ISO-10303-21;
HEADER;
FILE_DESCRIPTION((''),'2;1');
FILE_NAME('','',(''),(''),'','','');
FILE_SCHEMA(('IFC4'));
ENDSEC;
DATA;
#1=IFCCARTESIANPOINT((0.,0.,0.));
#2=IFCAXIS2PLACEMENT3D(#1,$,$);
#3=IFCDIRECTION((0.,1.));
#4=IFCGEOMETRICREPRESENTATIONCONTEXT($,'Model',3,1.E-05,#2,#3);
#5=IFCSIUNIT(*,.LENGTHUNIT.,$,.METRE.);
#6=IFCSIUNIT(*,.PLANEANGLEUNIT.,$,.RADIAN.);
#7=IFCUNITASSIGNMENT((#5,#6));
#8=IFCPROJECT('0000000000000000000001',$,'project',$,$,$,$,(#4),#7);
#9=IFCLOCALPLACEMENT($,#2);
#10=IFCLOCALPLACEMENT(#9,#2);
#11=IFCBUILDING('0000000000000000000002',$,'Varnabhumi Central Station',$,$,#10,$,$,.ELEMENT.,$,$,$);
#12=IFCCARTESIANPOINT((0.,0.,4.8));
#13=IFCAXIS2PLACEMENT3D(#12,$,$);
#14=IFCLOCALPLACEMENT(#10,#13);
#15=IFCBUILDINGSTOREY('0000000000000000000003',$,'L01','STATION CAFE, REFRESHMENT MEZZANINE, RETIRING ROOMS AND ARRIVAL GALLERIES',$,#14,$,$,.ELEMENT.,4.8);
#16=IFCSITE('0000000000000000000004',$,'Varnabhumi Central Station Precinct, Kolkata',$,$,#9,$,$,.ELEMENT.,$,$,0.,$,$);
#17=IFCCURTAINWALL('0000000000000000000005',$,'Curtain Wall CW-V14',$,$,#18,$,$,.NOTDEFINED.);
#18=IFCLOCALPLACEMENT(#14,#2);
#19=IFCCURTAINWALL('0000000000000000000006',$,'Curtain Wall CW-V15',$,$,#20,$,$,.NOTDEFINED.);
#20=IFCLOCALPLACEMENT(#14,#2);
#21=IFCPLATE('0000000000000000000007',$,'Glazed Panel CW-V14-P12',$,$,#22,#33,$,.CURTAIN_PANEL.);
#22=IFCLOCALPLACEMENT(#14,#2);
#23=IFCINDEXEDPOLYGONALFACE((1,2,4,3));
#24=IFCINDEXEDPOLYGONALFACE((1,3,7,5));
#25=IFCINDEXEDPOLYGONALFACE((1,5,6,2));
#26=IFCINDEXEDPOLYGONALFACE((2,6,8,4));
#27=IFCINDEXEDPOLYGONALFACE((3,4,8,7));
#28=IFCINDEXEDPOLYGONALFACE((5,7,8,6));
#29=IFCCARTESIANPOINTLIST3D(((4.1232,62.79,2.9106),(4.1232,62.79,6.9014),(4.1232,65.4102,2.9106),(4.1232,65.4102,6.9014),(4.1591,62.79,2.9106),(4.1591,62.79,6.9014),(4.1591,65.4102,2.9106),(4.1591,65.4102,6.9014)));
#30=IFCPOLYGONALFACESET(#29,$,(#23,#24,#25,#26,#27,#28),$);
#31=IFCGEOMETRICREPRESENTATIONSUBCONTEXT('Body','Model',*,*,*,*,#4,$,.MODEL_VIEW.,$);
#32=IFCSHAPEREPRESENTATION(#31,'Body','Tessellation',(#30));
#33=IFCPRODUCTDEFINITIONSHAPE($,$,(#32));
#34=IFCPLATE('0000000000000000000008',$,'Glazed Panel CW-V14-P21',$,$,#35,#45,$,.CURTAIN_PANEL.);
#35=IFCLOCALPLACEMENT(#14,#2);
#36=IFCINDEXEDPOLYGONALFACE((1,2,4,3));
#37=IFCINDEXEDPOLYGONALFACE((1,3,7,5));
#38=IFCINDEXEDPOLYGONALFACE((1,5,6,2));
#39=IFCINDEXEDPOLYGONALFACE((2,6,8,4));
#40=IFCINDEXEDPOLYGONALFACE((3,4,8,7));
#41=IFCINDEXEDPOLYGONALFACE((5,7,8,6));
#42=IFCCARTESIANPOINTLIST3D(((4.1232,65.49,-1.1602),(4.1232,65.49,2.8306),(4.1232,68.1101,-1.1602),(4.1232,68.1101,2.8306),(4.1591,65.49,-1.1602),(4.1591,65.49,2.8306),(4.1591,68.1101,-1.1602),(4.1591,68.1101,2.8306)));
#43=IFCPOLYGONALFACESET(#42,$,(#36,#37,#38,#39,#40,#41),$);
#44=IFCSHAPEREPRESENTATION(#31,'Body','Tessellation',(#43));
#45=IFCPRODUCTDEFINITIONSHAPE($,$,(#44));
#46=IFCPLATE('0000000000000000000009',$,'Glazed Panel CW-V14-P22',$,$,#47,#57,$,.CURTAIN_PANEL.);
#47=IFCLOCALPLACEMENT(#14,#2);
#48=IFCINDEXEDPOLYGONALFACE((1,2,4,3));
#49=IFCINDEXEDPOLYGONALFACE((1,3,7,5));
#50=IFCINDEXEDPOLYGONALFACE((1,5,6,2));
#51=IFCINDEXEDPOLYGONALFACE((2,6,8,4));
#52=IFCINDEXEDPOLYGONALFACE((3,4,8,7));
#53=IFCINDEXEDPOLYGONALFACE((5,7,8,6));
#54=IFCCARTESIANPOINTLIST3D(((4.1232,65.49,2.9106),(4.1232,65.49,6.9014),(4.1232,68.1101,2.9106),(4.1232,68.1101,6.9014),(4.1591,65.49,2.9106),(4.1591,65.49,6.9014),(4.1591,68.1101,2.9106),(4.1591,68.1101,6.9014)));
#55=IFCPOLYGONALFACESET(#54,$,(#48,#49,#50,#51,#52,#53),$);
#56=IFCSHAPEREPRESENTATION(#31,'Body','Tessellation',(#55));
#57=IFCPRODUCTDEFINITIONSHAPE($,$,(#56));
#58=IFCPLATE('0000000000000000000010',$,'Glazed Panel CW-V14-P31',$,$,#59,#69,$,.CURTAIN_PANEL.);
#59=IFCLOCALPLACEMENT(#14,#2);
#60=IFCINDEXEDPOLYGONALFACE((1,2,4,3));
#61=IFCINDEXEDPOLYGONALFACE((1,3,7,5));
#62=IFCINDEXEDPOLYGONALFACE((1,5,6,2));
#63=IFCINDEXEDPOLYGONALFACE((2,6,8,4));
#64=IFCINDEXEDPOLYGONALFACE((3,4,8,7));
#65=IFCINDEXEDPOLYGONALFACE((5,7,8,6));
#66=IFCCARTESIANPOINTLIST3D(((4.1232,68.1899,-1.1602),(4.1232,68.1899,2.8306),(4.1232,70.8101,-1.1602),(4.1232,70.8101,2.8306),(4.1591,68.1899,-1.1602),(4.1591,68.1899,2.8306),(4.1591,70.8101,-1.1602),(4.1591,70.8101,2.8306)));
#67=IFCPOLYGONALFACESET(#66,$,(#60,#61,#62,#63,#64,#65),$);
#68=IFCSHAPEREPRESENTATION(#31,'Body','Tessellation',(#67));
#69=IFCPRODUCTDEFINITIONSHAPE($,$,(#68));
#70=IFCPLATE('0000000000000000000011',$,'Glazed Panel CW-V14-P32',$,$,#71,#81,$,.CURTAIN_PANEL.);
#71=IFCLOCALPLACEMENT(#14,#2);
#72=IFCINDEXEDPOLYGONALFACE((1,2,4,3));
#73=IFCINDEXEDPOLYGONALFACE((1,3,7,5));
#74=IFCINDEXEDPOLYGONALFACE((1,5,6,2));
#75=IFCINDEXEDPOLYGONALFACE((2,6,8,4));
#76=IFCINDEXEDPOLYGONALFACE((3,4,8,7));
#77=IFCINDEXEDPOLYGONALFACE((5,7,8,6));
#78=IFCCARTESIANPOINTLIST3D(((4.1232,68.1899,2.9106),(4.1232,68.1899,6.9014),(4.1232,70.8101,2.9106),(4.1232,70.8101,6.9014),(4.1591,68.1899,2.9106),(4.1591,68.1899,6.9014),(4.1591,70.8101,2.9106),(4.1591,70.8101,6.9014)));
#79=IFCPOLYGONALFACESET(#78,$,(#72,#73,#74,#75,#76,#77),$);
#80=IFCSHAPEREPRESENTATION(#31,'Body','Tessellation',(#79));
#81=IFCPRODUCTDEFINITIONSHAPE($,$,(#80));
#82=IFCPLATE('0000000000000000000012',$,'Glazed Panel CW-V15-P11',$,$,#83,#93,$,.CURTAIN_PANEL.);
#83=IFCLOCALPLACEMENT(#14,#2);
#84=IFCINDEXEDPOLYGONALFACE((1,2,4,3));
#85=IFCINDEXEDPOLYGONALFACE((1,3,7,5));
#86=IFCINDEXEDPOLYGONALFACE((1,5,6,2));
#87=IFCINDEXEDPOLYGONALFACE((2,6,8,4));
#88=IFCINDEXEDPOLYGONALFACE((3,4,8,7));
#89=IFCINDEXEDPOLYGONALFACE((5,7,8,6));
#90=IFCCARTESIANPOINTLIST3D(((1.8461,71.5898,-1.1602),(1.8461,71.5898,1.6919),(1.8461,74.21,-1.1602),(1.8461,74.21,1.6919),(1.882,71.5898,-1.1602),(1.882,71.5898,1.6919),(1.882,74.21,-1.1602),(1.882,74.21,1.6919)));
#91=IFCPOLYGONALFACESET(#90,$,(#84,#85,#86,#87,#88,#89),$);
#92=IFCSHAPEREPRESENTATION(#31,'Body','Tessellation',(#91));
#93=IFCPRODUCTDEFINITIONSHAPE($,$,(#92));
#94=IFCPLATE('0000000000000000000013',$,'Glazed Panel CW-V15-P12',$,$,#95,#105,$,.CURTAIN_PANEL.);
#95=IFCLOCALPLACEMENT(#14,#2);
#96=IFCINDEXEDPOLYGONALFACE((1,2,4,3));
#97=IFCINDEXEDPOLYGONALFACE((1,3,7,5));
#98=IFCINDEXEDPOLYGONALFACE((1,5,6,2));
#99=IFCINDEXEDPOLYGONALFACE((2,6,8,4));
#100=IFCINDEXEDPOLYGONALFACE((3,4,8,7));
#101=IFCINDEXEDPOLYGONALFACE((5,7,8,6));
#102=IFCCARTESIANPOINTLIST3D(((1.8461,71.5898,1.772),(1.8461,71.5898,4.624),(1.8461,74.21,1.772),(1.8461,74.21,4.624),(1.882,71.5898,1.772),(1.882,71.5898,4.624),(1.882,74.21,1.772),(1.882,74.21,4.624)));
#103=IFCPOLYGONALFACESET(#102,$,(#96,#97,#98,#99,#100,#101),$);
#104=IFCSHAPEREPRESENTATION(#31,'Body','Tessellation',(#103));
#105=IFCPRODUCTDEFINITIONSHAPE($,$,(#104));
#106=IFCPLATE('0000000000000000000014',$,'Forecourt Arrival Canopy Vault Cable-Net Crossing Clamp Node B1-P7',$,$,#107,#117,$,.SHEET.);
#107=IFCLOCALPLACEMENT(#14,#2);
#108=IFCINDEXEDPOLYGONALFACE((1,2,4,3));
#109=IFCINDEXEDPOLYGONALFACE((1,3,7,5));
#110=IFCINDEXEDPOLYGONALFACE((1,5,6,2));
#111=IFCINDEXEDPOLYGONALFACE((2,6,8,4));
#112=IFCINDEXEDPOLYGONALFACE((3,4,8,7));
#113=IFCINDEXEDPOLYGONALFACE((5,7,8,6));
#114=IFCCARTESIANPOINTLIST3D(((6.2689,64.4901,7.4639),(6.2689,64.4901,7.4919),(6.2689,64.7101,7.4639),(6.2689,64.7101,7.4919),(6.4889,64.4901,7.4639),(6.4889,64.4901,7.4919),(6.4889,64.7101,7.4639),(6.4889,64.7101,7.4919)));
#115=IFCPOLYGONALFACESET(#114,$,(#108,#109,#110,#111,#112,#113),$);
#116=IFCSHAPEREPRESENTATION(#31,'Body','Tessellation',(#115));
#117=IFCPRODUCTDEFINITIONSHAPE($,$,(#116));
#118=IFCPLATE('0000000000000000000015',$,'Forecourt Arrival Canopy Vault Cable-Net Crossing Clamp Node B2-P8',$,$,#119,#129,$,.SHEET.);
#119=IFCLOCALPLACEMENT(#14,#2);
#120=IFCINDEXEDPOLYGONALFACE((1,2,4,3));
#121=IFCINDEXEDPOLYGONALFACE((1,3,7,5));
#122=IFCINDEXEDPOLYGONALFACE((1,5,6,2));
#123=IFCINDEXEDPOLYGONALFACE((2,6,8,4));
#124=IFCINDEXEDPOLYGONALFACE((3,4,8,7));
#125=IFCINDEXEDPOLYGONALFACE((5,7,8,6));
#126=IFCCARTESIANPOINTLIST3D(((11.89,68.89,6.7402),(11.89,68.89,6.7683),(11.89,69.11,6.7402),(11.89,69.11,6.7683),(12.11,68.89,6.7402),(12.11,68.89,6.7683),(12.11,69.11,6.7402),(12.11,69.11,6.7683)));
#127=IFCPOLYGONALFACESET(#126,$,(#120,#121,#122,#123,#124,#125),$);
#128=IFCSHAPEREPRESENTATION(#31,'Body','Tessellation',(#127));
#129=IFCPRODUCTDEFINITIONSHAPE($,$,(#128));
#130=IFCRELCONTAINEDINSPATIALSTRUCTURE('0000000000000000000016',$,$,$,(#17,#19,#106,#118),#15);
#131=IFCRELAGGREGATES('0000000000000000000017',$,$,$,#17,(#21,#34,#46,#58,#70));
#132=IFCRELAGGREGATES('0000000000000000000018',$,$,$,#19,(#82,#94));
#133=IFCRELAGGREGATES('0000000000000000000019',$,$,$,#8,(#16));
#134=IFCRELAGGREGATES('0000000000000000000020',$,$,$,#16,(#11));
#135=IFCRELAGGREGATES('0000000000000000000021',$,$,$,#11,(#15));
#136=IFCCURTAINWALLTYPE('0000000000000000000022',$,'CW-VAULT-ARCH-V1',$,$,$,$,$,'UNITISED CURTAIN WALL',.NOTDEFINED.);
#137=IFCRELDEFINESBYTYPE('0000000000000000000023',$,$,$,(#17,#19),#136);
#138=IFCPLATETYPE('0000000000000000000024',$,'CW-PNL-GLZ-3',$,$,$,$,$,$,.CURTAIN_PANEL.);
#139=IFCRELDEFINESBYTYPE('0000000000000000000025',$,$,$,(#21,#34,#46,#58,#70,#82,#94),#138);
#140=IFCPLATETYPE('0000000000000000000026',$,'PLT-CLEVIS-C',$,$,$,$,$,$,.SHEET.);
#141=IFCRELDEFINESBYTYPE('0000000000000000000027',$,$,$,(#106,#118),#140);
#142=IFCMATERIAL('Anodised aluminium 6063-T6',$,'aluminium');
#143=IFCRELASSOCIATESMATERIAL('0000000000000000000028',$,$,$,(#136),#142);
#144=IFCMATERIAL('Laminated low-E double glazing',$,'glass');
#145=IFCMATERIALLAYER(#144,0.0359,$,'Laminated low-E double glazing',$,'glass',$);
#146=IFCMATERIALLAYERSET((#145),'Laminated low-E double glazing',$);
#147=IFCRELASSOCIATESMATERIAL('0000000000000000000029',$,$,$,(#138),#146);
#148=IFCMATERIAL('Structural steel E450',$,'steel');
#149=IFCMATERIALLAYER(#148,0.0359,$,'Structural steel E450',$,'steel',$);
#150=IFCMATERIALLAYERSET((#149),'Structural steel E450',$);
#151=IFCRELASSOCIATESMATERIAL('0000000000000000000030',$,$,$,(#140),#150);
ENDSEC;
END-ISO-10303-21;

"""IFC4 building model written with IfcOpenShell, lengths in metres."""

from ifc_helpers import new_model, si_unit, direction, frame, origin, origin_2d, place, context, subcontext, project, spatial, rectangle, extrude, material, layer, layer_set, type_object, element, aggregate, save


model = new_model("IFC4")

# Units and contexts
model_context = context("Model", 3, precision=1e-05, world=origin(), true_north=direction((0.0, 1.0)))
body_context = subcontext(model_context, "Body", "Model", "MODEL_VIEW")
ifc_project = project(units=[si_unit("LENGTHUNIT", "METRE"), si_unit("PLANEANGLEUNIT", "RADIAN")], contexts=[model_context])

# Site, building, storey
site_placement = place(None, origin())
site = spatial("IfcSite", under=ifc_project, at=site_placement, Name="Varnabhumi Central Station Precinct, Kolkata", CompositionType="ELEMENT", RefElevation=0.0)
building_placement = place(site_placement, origin())
building = spatial("IfcBuilding", under=site, at=building_placement, Name="Varnabhumi Central Station", CompositionType="ELEMENT")
storey_placement = place(building_placement, frame((0.0, 0.0, 4.8)))
storey = spatial("IfcBuildingStorey", under=building, at=storey_placement, Name="L01", Description="STATION CAFE, REFRESHMENT MEZZANINE, RETIRING ROOMS AND ARRIVAL GALLERIES", CompositionType="ELEMENT", Elevation=4.8)

# Curtain wall
ifc_material_1 = material(Name="Anodised aluminium 6063-T6", Category="aluminium")
curtain_wall_type = type_object("IfcCurtainWallType", Name="CW-VAULT-ARCH-V1", ElementType="UNITISED CURTAIN WALL", PredefinedType="NOTDEFINED", material=ifc_material_1)
curtain_wall_1_placement = place(storey_placement, origin())
curtain_wall_1 = element("IfcCurtainWall", 1, at=curtain_wall_1_placement, inside=storey, type_object=curtain_wall_type, Name="Curtain Wall CW-V14", PredefinedType="NOTDEFINED")

# Curtain wall
curtain_wall_2_placement = place(storey_placement, origin())
curtain_wall_2 = element("IfcCurtainWall", 2, at=curtain_wall_2_placement, inside=storey, type_object=curtain_wall_type, Name="Curtain Wall CW-V15", PredefinedType="NOTDEFINED")

# Plates
ifc_material_2 = material(Name="Laminated low-E double glazing", Category="glass")
ifc_layer_1 = layer(ifc_material_2, 0.0359, Name="Laminated low-E double glazing", Category="glass")
ifc_layer_set_1 = layer_set([ifc_layer_1], Name="Laminated low-E double glazing")
plate_type_1 = type_object("IfcPlateType", Name="CW-PNL-GLZ-3", PredefinedType="CURTAIN_PANEL", material=ifc_layer_set_1)
plate_1_placement = place(storey_placement, frame((4.1411, 64.1001, 2.9106), z_axis=(0.0, 0.0, 1.0), x_axis=(0.0, 1.0, 0.0)))
plate_1 = element("IfcPlate", 3, at=plate_1_placement, type_object=plate_type_1, Name="Glazed Panel CW-V14-P12", PredefinedType="CURTAIN_PANEL", context=body_context, shape_type="SweptSolid", body=[
    extrude(rectangle(XDim=2.6201, YDim=0.0359, at=origin_2d()), origin(), (0.0, 0.0, 1.0), 3.9907),
])
plate_2_placement = place(storey_placement, frame((4.1411, 66.8, -1.1602), z_axis=(0.0, 0.0, 1.0), x_axis=(0.0, 1.0, 0.0)))
plate_2 = element("IfcPlate", 4, at=plate_2_placement, type_object=plate_type_1, Name="Glazed Panel CW-V14-P21", PredefinedType="CURTAIN_PANEL", context=body_context, shape_type="SweptSolid", body=[
    extrude(rectangle(XDim=2.6201, YDim=0.0359, at=origin_2d()), origin(), (0.0, 0.0, 1.0), 3.9907),
])
plate_3_placement = place(storey_placement, frame((4.1411, 66.8, 2.9106), z_axis=(0.0, 0.0, 1.0), x_axis=(0.0, 1.0, 0.0)))
plate_3 = element("IfcPlate", 5, at=plate_3_placement, type_object=plate_type_1, Name="Glazed Panel CW-V14-P22", PredefinedType="CURTAIN_PANEL", context=body_context, shape_type="SweptSolid", body=[
    extrude(rectangle(XDim=2.6201, YDim=0.0359, at=origin_2d()), origin(), (0.0, 0.0, 1.0), 3.9907),
])
plate_4_placement = place(storey_placement, frame((4.1411, 69.5, -1.1602), z_axis=(0.0, 0.0, 1.0), x_axis=(0.0, 1.0, 0.0)))
plate_4 = element("IfcPlate", 6, at=plate_4_placement, type_object=plate_type_1, Name="Glazed Panel CW-V14-P31", PredefinedType="CURTAIN_PANEL", context=body_context, shape_type="SweptSolid", body=[
    extrude(rectangle(XDim=2.6201, YDim=0.0359, at=origin_2d()), origin(), (0.0, 0.0, 1.0), 3.9907),
])
plate_5_placement = place(storey_placement, frame((4.1411, 69.5, 2.9106), z_axis=(0.0, 0.0, 1.0), x_axis=(0.0, 1.0, 0.0)))
plate_5 = element("IfcPlate", 7, at=plate_5_placement, type_object=plate_type_1, Name="Glazed Panel CW-V14-P32", PredefinedType="CURTAIN_PANEL", context=body_context, shape_type="SweptSolid", body=[
    extrude(rectangle(XDim=2.6201, YDim=0.0359, at=origin_2d()), origin(), (0.0, 0.0, 1.0), 3.9907),
])
aggregate(curtain_wall_1, [plate_1, plate_2, plate_3, plate_4, plate_5])
plate_6_placement = place(storey_placement, frame((1.864, 72.8999, -1.1602), z_axis=(0.0, 0.0, 1.0), x_axis=(0.0, 1.0, 0.0)))
plate_6 = element("IfcPlate", 8, at=plate_6_placement, type_object=plate_type_1, Name="Glazed Panel CW-V15-P11", PredefinedType="CURTAIN_PANEL", context=body_context, shape_type="SweptSolid", body=[
    extrude(rectangle(XDim=2.6201, YDim=0.0359, at=origin_2d()), origin(), (0.0, 0.0, 1.0), 2.8521),
])
plate_7_placement = place(storey_placement, frame((1.864, 72.8999, 1.772), z_axis=(0.0, 0.0, 1.0), x_axis=(0.0, 1.0, 0.0)))
plate_7 = element("IfcPlate", 9, at=plate_7_placement, type_object=plate_type_1, Name="Glazed Panel CW-V15-P12", PredefinedType="CURTAIN_PANEL", context=body_context, shape_type="SweptSolid", body=[
    extrude(rectangle(XDim=2.6201, YDim=0.0359, at=origin_2d()), origin(), (0.0, 0.0, 1.0), 2.8521),
])
aggregate(curtain_wall_2, [plate_6, plate_7])

# Plates
ifc_material_3 = material(Name="Structural steel E450", Category="steel")
ifc_layer_2 = layer(ifc_material_3, 0.0359, Name="Structural steel E450", Category="steel")
ifc_layer_set_2 = layer_set([ifc_layer_2], Name="Structural steel E450")
plate_type_2 = type_object("IfcPlateType", Name="PLT-CLEVIS-C", PredefinedType="SHEET", material=ifc_layer_set_2)
for number, where, z_axis, x_axis, name in (
    (10, (6.3789, 64.6001, 7.4639), (0.0, 0.0, 1.0), (1.0, 0.0, 0.0), "Forecourt Arrival Canopy Vault Cable-Net Crossing Clamp Node B1-P7"),
    (11, (12.0, 69.0, 6.7402), (0.0, 0.0, 1.0), (1.0, 0.0, 0.0), "Forecourt Arrival Canopy Vault Cable-Net Crossing Clamp Node B2-P8"),
):
    element("IfcPlate", number, at=place(storey_placement, frame(where, z_axis=z_axis, x_axis=x_axis)), inside=storey, type_object=plate_type_2, Name=name, PredefinedType="SHEET", context=body_context, shape_type="SweptSolid", body=[
        extrude(rectangle(XDim=0.22, YDim=0.22, at=origin_2d()), origin(), (0.0, 0.0, 1.0), 0.0281),
    ])

save(model, "model.ifc")
